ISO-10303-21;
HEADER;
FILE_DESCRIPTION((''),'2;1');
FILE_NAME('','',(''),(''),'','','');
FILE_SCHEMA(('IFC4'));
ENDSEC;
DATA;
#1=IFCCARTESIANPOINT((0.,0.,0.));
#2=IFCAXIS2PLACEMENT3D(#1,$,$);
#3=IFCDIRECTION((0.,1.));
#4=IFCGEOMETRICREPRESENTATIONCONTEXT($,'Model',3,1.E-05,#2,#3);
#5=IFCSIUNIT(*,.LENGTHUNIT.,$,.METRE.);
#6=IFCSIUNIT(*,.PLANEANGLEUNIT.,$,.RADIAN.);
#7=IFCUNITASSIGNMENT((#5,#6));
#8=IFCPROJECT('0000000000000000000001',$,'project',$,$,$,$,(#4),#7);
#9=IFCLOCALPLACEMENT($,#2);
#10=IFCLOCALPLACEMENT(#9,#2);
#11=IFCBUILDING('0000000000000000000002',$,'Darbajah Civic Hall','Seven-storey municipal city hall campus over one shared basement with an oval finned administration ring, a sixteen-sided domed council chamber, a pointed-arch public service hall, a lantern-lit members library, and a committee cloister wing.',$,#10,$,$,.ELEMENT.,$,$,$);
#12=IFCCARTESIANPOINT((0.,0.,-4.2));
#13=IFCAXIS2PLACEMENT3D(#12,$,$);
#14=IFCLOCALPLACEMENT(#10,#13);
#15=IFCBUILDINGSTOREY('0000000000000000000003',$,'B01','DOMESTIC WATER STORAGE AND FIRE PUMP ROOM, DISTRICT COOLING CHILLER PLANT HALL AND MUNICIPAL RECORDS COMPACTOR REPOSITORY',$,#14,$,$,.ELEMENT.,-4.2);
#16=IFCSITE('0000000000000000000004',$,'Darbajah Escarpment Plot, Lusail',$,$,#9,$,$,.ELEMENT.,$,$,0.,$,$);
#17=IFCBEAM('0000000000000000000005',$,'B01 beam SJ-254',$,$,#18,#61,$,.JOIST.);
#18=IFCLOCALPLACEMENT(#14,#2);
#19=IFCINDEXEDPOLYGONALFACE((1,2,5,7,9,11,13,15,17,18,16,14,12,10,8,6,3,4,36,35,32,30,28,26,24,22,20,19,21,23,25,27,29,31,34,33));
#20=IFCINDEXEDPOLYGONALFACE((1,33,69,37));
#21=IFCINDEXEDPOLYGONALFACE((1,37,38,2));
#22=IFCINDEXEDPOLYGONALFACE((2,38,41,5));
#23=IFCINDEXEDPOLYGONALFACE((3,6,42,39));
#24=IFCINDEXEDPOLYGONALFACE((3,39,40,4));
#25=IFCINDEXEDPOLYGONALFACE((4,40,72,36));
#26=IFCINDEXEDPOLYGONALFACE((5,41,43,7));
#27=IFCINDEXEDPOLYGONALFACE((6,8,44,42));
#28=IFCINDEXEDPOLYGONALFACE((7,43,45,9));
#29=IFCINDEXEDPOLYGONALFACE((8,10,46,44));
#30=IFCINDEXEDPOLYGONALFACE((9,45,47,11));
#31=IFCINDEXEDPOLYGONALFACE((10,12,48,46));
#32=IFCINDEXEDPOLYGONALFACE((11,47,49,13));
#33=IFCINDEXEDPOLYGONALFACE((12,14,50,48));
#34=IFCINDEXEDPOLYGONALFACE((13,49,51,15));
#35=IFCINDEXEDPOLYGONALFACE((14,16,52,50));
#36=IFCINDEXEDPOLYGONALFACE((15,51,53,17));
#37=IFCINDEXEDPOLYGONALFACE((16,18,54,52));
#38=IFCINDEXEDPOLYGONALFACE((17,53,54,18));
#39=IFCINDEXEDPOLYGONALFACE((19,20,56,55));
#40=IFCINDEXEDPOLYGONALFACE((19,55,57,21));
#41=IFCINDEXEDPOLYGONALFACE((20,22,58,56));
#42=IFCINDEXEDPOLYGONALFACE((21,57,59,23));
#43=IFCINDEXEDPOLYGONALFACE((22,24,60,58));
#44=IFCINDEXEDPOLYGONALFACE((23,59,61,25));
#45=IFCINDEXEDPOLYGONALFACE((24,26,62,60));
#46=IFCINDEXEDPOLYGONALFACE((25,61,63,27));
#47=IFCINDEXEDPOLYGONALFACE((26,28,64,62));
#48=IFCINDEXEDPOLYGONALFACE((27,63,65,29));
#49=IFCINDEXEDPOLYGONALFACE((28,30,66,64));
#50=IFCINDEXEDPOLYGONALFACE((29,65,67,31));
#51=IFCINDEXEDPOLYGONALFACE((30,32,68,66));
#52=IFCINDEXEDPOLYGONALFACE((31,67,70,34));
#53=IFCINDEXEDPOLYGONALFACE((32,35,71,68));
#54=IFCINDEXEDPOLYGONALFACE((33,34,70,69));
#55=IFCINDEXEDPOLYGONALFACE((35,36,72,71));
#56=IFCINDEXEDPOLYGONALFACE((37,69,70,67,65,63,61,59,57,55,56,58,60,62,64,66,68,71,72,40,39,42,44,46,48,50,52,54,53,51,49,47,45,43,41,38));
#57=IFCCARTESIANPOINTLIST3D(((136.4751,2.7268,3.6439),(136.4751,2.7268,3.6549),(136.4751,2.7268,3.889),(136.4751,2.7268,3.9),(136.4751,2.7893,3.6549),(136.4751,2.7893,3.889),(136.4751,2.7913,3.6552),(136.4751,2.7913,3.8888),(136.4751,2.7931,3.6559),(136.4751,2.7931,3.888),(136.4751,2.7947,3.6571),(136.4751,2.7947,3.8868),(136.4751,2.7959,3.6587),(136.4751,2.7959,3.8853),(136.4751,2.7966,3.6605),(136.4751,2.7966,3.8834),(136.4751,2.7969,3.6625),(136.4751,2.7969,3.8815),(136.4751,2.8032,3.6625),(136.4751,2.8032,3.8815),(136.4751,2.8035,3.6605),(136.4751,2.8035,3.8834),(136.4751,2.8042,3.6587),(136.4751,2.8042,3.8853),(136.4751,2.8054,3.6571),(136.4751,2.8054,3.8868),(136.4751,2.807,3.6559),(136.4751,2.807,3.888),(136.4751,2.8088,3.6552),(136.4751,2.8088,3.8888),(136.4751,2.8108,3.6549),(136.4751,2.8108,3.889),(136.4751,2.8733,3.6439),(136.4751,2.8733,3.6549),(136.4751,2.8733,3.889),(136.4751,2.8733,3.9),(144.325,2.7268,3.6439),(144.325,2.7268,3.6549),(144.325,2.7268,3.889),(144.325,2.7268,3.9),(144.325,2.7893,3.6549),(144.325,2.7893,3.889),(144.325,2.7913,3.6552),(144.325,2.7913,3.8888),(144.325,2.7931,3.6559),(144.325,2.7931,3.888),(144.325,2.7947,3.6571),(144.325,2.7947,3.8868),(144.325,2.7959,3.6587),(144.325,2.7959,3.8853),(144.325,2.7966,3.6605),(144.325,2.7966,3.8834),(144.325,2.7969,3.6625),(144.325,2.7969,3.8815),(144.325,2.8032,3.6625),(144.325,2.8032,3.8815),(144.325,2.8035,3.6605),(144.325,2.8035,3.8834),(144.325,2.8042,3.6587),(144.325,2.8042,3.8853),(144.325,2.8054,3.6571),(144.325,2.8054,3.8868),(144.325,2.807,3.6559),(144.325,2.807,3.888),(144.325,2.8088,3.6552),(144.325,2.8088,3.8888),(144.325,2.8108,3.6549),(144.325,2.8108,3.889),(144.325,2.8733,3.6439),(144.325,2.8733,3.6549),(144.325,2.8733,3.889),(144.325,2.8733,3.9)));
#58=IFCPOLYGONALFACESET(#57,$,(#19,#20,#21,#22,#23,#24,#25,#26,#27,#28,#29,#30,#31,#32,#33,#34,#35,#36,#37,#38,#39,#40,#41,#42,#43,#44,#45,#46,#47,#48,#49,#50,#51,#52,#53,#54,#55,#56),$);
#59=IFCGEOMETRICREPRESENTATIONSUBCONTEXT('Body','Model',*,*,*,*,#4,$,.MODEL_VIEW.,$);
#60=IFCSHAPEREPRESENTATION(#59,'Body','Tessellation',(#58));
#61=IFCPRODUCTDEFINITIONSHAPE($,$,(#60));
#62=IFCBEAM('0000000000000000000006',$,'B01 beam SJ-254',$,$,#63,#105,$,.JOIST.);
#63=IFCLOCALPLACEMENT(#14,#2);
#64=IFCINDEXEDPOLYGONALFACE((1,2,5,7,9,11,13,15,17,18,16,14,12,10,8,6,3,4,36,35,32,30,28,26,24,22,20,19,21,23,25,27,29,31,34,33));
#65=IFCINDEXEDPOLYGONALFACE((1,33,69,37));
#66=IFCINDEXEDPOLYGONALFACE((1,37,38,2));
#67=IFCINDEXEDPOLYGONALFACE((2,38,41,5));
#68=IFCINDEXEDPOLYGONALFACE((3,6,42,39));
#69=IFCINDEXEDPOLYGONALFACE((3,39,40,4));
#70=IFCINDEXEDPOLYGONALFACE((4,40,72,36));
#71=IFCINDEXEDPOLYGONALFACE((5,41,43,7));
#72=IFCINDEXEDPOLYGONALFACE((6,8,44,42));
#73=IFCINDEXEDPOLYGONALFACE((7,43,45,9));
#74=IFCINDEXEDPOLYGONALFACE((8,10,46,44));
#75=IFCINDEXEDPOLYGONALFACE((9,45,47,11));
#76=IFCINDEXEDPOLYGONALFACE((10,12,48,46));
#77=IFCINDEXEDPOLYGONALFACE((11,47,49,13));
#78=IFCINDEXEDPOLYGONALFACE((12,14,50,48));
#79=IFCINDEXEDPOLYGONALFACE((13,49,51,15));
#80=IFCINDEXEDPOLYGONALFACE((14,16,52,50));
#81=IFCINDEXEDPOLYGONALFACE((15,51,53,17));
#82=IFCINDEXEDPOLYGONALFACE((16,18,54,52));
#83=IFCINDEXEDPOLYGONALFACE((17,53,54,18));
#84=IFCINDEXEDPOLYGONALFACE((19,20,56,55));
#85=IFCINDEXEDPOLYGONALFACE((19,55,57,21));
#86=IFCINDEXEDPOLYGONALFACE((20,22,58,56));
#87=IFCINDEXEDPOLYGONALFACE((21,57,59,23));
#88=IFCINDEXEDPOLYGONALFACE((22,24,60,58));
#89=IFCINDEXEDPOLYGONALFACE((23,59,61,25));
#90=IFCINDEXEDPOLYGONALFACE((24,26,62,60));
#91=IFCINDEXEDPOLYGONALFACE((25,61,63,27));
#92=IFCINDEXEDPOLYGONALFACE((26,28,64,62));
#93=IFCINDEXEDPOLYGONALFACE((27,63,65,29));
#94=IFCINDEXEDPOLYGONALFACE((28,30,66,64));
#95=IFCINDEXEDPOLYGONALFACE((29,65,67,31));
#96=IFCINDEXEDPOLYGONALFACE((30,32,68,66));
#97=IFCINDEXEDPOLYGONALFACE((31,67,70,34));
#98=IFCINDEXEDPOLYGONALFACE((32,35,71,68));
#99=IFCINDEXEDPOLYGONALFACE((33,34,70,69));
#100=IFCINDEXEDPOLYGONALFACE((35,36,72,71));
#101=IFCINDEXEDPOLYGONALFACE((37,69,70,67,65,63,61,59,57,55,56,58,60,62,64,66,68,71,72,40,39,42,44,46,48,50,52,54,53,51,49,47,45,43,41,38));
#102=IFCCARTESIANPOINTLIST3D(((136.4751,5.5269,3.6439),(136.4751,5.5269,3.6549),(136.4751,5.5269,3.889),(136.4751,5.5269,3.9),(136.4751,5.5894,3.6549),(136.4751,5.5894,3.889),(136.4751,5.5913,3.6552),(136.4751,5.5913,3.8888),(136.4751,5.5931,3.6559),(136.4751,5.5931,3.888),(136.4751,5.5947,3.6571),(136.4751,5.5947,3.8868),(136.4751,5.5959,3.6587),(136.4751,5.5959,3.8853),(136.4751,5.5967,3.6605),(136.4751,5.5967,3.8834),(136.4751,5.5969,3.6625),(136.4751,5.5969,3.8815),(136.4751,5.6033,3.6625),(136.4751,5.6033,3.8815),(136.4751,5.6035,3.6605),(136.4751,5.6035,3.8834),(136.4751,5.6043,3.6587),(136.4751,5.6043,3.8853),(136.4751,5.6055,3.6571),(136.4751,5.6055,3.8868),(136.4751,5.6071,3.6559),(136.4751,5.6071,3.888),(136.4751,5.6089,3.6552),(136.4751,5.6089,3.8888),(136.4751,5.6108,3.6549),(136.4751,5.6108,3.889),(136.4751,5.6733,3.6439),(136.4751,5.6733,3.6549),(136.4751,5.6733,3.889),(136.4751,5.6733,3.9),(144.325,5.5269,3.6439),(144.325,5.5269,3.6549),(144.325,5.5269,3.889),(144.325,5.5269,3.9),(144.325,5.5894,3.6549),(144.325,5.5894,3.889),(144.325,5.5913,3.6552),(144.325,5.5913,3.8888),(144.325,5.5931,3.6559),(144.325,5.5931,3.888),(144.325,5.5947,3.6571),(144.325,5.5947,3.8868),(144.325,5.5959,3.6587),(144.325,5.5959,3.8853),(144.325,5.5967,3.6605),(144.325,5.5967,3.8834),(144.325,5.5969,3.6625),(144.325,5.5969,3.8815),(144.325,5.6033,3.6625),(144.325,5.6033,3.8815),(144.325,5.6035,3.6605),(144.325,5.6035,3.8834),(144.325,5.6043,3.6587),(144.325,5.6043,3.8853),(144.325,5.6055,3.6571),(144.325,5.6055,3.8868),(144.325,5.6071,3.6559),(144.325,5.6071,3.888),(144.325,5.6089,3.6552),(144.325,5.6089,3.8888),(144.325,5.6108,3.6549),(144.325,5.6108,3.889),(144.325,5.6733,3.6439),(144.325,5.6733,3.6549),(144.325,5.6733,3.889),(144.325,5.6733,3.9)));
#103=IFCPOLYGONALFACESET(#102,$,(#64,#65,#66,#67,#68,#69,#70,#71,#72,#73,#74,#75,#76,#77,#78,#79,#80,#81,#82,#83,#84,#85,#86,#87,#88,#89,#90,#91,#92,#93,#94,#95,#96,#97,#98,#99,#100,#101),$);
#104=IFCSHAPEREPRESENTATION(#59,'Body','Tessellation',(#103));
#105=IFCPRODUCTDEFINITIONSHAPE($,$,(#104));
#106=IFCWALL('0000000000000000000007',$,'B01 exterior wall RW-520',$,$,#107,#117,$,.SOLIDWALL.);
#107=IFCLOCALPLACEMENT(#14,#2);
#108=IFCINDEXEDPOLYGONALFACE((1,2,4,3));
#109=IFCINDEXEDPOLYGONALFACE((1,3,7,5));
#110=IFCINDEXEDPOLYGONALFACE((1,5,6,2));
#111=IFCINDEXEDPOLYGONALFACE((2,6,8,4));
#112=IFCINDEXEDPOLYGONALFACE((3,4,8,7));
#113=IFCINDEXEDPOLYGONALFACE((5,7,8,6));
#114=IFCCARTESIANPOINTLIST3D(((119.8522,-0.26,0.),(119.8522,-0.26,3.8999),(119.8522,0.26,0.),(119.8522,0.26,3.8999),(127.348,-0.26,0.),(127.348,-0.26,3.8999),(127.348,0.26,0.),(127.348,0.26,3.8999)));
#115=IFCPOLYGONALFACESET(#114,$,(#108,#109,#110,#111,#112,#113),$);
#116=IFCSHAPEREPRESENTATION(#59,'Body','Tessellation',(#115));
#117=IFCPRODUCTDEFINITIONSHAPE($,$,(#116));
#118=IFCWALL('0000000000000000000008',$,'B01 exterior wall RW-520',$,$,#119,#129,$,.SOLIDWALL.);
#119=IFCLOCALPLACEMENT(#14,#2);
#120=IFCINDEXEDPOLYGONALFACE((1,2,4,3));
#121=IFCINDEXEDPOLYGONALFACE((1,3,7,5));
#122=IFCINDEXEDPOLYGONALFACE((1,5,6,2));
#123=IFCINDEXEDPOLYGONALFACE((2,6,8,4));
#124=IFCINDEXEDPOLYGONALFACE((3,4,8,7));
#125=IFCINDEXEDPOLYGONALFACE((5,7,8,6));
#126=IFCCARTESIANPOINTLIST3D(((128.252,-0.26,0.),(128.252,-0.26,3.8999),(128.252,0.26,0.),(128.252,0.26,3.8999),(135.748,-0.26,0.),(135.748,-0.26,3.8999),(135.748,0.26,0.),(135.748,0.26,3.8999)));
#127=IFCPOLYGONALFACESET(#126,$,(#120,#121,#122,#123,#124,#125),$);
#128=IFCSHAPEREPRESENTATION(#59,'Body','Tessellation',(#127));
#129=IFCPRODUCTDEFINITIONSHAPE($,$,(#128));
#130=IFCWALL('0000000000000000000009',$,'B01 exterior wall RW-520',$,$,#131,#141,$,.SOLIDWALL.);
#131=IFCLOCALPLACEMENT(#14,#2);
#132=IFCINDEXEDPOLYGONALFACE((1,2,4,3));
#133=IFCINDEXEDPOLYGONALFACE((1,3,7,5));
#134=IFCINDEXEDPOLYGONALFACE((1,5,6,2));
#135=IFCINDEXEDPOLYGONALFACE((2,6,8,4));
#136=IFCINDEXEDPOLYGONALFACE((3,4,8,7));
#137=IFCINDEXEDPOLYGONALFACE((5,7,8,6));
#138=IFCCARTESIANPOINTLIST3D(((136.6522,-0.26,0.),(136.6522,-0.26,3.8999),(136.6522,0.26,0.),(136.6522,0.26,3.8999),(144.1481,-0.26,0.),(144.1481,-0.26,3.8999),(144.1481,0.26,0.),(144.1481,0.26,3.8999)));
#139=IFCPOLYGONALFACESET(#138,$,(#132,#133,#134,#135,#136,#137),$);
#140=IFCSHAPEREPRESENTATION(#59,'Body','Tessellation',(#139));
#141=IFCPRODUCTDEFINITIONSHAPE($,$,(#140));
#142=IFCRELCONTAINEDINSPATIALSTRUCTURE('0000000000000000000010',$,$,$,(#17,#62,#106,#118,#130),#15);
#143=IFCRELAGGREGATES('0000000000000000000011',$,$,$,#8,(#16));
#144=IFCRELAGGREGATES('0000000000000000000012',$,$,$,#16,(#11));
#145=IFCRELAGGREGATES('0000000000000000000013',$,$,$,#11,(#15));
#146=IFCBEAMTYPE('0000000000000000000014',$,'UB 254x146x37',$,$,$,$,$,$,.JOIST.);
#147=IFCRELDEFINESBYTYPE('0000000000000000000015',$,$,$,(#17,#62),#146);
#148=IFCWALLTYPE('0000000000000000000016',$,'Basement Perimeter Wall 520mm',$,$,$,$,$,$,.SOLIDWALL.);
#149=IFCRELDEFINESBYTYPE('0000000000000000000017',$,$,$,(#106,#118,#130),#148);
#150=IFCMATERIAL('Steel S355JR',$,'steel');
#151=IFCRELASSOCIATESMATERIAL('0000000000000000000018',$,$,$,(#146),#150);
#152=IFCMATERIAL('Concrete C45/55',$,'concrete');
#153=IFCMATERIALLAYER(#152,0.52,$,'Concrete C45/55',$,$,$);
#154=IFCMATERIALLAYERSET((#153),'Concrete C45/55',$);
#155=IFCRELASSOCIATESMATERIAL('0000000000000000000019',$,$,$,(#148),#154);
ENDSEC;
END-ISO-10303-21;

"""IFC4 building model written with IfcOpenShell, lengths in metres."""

from ifc_helpers import new_model, si_unit, direction, frame, frame_2d, origin, origin_2d, place, context, subcontext, project, spatial, rectangle, i_section, extrude, material, layer, layer_set, material_profile, profile_set, type_object, element, save


model = new_model("IFC4")

# Units and contexts
model_context = context("Model", 3, precision=1e-05, world=origin(), true_north=direction((0.0, 1.0)))
body_context = subcontext(model_context, "Body", "Model", "MODEL_VIEW")
ifc_project = project(units=[si_unit("LENGTHUNIT", "METRE"), si_unit("PLANEANGLEUNIT", "RADIAN")], contexts=[model_context])

# Site, building, storey
site_placement = place(None, origin())
site = spatial("IfcSite", under=ifc_project, at=site_placement, Name="Darbajah Escarpment Plot, Lusail", CompositionType="ELEMENT", RefElevation=0.0)
building_placement = place(site_placement, origin())
building = spatial("IfcBuilding", under=site, at=building_placement, Name="Darbajah Civic Hall", Description="Seven-storey municipal city hall campus over one shared basement with an oval finned administration ring, a sixteen-sided domed council chamber, a pointed-arch public service hall, a lantern-lit members library, and a committee cloister wing.", CompositionType="ELEMENT")
storey_placement = place(building_placement, frame((0.0, 0.0, -4.2)))
storey = spatial("IfcBuildingStorey", under=building, at=storey_placement, Name="B01", Description="DOMESTIC WATER STORAGE AND FIRE PUMP ROOM, DISTRICT COOLING CHILLER PLANT HALL AND MUNICIPAL RECORDS COMPACTOR REPOSITORY", CompositionType="ELEMENT", Elevation=-4.2)

# Shared definitions
ifc_material_1 = material(Name="Concrete C45/55", Category="concrete")

# Beams
ifc_material_2 = material(Name="Steel S355JR", Category="steel")
ifc_material_profile_1 = material_profile(ifc_material_2, i_section(OverallWidth=0.1465, OverallDepth=0.2561, WebThickness=0.0063, FlangeThickness=0.011, FilletRadius=0.0076, at=origin_2d()), Name="UB 254x146x37")
ifc_profile_set_1 = profile_set([ifc_material_profile_1], Name="Steel S355JR")
beam_type_1 = type_object("IfcBeamType", Name="UB 254x146x37", PredefinedType="JOIST", material=ifc_profile_set_1)
for number, where, z_axis, x_axis, name in (
    (1, (136.4751, 2.8, 3.772), (1.0, 0.0, 0.0), (0.0, 1.0, 0.0), "B01 beam SJ-254"),
    (2, (136.4751, 5.6001, 3.772), (1.0, 0.0, 0.0), (0.0, 1.0, 0.0), "B01 beam SJ-254"),
):
    element("IfcBeam", number, at=place(storey_placement, frame(where, z_axis=z_axis, x_axis=x_axis)), inside=storey, type_object=beam_type_1, Name=name, PredefinedType="JOIST", context=body_context, shape_type="SweptSolid", body=[
        extrude(i_section(OverallWidth=0.1465, OverallDepth=0.2561, WebThickness=0.0063, FlangeThickness=0.011, FilletRadius=0.0076, at=origin_2d()), origin(), (0.0, 0.0, 1.0), 7.8499),
    ])

# Walls
ifc_layer = layer(ifc_material_1, 0.52, Name="Concrete C45/55")
ifc_layer_set = layer_set([ifc_layer], Name="Concrete C45/55")
wall_type = type_object("IfcWallType", Name="Basement Perimeter Wall 520mm", PredefinedType="SOLIDWALL", material=ifc_layer_set)
wall_1_placement = place(storey_placement, frame((119.8521, 0.0, 0.0), z_axis=(0.0, 0.0, 1.0), x_axis=(1.0, 0.0, 0.0)))
element("IfcWall", 3, at=wall_1_placement, inside=storey, type_object=wall_type, Name="B01 exterior wall RW-520", PredefinedType="SOLIDWALL", context=body_context, shape_type="SweptSolid", body=[
    extrude(rectangle(XDim=7.4958, YDim=0.52, at=frame_2d((3.748, 0.0))), origin(), (0.0, 0.0, 1.0), 3.8999),
])
wall_2_placement = place(storey_placement, frame((128.252, 0.0, 0.0), z_axis=(0.0, 0.0, 1.0), x_axis=(1.0, 0.0, 0.0)))
element("IfcWall", 4, at=wall_2_placement, inside=storey, type_object=wall_type, Name="B01 exterior wall RW-520", PredefinedType="SOLIDWALL", context=body_context, shape_type="SweptSolid", body=[
    extrude(rectangle(XDim=7.4961, YDim=0.52, at=frame_2d((3.748, 0.0))), origin(), (0.0, 0.0, 1.0), 3.8999),
])
wall_3_placement = place(storey_placement, frame((136.6521, 0.0, 0.0), z_axis=(0.0, 0.0, 1.0), x_axis=(1.0, 0.0, 0.0)))
element("IfcWall", 5, at=wall_3_placement, inside=storey, type_object=wall_type, Name="B01 exterior wall RW-520", PredefinedType="SOLIDWALL", context=body_context, shape_type="SweptSolid", body=[
    extrude(rectangle(XDim=7.4958, YDim=0.52, at=frame_2d((3.748, 0.0))), origin(), (0.0, 0.0, 1.0), 3.8999),
])

save(model, "model.ifc")
